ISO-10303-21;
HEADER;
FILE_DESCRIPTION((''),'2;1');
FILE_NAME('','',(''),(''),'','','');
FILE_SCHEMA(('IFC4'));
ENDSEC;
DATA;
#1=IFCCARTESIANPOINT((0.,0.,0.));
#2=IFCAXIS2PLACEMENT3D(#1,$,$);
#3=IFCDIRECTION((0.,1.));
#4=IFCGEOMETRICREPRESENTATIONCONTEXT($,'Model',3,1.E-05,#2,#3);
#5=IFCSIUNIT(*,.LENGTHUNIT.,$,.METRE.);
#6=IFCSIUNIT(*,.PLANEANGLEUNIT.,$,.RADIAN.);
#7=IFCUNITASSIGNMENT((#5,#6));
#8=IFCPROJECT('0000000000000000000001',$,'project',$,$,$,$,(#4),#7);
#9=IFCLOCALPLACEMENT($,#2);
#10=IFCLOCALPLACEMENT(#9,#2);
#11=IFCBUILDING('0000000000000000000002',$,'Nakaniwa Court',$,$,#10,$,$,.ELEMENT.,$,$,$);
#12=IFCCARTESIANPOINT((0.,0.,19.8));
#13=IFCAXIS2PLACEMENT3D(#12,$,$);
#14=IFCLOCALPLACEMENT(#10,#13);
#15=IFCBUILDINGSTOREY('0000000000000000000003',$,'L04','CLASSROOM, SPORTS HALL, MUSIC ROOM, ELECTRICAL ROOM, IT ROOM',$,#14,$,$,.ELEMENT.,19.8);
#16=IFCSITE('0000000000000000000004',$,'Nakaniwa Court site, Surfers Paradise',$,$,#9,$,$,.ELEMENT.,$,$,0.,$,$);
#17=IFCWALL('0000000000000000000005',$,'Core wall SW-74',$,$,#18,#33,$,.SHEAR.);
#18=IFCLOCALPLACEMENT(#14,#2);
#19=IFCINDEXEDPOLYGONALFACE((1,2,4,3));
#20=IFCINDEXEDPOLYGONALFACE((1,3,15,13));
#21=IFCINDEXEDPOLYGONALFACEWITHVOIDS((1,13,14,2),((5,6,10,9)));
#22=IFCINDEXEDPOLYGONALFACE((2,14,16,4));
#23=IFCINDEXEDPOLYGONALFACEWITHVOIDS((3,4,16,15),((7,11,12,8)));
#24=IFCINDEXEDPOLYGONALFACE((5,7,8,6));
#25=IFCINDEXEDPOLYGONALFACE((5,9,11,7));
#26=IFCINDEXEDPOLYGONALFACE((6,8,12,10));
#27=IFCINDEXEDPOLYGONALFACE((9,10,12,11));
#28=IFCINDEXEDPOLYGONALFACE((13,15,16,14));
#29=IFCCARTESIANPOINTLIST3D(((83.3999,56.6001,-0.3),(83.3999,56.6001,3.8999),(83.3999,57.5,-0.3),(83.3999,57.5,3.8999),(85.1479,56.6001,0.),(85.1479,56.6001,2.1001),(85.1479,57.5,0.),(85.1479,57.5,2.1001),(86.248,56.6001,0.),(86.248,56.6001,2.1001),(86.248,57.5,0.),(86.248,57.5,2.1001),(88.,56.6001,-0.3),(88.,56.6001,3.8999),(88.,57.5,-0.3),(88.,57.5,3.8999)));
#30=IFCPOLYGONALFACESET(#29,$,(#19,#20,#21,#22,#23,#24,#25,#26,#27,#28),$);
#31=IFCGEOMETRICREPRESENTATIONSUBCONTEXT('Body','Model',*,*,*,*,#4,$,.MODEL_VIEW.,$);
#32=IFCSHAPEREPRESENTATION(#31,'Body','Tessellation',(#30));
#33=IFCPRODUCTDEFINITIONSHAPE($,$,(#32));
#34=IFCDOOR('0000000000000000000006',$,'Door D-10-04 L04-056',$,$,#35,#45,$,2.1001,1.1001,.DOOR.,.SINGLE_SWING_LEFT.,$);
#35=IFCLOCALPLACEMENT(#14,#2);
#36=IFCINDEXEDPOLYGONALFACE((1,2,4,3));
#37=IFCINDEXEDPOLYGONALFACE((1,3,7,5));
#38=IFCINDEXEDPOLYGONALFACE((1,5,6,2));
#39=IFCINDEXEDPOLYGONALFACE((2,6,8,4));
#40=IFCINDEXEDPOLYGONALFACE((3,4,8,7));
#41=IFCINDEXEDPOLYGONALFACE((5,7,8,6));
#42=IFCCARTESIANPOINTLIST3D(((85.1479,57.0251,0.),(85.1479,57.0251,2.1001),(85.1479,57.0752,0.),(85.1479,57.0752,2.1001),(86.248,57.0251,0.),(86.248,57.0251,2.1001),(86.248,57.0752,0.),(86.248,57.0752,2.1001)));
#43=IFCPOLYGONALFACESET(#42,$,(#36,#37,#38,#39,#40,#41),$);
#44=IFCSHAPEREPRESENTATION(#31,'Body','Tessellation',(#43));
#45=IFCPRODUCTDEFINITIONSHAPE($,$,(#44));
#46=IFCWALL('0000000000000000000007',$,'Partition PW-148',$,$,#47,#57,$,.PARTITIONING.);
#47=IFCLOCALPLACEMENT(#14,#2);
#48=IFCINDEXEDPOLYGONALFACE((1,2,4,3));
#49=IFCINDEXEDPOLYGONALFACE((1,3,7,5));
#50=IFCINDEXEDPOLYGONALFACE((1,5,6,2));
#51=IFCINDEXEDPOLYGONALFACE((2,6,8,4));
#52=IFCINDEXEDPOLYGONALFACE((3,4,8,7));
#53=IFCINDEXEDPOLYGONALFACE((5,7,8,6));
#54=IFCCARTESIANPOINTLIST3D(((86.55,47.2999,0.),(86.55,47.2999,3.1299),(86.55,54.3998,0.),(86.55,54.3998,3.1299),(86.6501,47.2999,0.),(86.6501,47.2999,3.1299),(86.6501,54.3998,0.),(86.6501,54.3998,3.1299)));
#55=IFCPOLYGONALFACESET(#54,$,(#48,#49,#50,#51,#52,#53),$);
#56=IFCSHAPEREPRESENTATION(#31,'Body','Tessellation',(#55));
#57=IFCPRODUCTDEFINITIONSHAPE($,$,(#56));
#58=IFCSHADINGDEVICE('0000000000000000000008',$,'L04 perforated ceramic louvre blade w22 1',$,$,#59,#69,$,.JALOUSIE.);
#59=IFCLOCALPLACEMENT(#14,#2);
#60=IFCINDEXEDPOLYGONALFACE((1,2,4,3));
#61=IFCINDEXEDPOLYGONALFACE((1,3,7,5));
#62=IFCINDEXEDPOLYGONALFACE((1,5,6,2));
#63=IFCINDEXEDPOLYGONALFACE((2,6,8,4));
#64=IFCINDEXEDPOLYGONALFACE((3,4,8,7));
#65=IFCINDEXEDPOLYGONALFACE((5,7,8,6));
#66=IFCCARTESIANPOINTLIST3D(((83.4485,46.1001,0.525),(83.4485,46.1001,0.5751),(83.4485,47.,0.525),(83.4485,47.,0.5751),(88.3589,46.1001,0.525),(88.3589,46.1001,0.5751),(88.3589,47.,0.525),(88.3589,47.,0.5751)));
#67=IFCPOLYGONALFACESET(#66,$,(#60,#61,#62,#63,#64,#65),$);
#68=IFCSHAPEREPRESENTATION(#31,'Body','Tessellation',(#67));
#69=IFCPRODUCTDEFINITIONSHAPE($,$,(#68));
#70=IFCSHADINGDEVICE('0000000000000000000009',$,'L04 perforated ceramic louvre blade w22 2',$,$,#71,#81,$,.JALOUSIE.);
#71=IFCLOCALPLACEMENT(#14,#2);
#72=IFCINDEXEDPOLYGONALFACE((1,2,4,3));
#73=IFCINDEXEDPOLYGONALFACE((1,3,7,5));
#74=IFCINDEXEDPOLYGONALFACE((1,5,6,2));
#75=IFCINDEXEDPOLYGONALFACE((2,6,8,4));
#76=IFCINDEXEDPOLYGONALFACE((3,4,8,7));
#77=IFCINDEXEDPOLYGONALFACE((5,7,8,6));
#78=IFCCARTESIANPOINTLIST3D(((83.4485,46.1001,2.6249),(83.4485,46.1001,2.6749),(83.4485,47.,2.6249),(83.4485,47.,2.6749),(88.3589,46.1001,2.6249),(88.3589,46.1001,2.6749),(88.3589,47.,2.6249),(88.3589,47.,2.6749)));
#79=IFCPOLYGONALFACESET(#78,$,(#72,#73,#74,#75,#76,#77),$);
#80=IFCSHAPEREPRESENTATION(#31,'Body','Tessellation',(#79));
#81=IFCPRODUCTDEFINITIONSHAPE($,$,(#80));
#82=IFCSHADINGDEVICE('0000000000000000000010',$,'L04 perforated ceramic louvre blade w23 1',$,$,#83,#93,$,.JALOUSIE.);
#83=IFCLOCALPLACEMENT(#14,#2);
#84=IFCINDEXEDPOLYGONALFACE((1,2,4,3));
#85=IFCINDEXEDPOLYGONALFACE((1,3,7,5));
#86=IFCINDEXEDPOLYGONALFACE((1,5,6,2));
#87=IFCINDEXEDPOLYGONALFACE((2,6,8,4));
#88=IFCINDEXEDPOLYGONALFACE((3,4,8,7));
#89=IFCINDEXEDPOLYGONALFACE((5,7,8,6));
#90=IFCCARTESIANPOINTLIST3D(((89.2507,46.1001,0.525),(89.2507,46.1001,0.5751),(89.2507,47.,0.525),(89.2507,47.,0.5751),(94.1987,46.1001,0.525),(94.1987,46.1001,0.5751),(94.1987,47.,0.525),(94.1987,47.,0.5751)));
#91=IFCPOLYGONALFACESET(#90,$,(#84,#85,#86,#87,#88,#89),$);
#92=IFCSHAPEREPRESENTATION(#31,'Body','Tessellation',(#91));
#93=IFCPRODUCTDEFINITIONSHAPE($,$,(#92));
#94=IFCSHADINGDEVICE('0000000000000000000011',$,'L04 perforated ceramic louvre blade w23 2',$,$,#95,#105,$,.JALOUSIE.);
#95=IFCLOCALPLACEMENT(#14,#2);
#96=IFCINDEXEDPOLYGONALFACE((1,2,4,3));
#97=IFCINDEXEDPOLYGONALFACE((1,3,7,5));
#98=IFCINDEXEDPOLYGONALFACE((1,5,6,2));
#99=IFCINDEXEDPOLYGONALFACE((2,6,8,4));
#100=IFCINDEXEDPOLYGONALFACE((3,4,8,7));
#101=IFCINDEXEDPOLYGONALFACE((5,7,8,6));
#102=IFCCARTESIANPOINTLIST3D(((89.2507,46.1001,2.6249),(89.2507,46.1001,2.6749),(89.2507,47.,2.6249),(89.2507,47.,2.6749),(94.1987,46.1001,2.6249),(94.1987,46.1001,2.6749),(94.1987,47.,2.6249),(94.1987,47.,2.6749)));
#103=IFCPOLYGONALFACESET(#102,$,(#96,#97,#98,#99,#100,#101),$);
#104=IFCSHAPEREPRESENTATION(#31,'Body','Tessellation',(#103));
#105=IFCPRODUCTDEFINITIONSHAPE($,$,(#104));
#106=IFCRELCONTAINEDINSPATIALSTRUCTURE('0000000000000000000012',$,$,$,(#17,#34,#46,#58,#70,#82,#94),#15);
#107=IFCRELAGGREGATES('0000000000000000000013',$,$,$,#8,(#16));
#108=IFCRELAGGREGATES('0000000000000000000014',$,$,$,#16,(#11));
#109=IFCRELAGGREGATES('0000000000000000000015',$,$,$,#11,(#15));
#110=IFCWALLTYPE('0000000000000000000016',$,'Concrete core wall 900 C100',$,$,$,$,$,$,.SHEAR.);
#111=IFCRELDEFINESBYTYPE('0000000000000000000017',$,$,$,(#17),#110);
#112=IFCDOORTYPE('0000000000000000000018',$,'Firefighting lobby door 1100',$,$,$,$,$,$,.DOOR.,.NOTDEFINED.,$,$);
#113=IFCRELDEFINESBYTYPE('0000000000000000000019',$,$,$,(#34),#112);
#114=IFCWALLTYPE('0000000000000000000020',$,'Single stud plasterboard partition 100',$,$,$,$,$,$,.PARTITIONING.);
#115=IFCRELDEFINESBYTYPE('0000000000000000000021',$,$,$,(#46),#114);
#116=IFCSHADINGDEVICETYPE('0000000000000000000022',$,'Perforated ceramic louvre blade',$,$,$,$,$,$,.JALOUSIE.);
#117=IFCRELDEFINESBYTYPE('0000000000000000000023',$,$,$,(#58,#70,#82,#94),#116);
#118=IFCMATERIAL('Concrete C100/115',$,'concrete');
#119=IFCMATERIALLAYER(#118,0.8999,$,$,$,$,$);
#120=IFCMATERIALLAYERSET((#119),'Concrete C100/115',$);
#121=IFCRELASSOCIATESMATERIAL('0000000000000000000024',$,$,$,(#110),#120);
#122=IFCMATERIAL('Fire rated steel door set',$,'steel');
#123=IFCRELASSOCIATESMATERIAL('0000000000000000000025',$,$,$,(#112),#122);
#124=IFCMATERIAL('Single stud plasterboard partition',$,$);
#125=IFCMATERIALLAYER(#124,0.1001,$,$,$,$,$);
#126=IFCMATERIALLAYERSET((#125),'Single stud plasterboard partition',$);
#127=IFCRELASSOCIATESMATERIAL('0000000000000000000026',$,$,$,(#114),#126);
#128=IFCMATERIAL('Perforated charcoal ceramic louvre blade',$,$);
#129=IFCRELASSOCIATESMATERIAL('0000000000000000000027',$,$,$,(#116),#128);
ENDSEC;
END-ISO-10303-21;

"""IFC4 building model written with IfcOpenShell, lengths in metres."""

from ifc_helpers import new_model, si_unit, direction, frame, frame_2d, origin, origin_2d, place, context, subcontext, project, spatial, rectangle, extrude, material, layer, layer_set, material_profile, profile_set, type_object, element, fill, save


model = new_model("IFC4")

# Units and contexts
model_context = context("Model", 3, precision=1e-05, world=origin(), true_north=direction((0.0, 1.0)))
body_context = subcontext(model_context, "Body", "Model", "MODEL_VIEW")
ifc_project = project(units=[si_unit("LENGTHUNIT", "METRE"), si_unit("PLANEANGLEUNIT", "RADIAN")], contexts=[model_context])

# Site, building, storey
site_placement = place(None, origin())
site = spatial("IfcSite", under=ifc_project, at=site_placement, Name="Nakaniwa Court site, Surfers Paradise", CompositionType="ELEMENT", RefElevation=0.0)
building_placement = place(site_placement, origin())
building = spatial("IfcBuilding", under=site, at=building_placement, Name="Nakaniwa Court", CompositionType="ELEMENT")
storey_placement = place(building_placement, frame((0.0, 0.0, 19.8)))
storey = spatial("IfcBuildingStorey", under=building, at=storey_placement, Name="L04", Description="CLASSROOM, SPORTS HALL, MUSIC ROOM, ELECTRICAL ROOM, IT ROOM", CompositionType="ELEMENT", Elevation=19.8)

# Shared definitions
ifc_material_1 = material(Name="Concrete C100/115", Category="concrete")

# Wall, opening, door
ifc_layer_1 = layer(ifc_material_1, 0.8999)
ifc_layer_set_1 = layer_set([ifc_layer_1], Name="Concrete C100/115")
wall_type_1 = type_object("IfcWallType", Name="Concrete core wall 900 C100", PredefinedType="SHEAR", material=ifc_layer_set_1)
wall_1_placement = place(storey_placement, frame((88.0, 57.05, -0.3), z_axis=(0.0, 0.0, 1.0), x_axis=(-1.0, 0.0, 0.0)))
wall_1 = element("IfcWall", 1, at=wall_1_placement, inside=storey, type_object=wall_type_1, Name="Core wall SW-74", PredefinedType="SHEAR", context=body_context, shape_type="SweptSolid", body=[
    extrude(rectangle(XDim=4.6001, YDim=0.8999, at=frame_2d((2.3, 0.0))), origin(), (0.0, 0.0, 1.0), 4.2),
])
opening_1_placement = place(wall_1_placement, frame((1.752, 0.0, 0.3)))
opening_1 = element("IfcOpeningElement", 2, at=opening_1_placement, cuts=wall_1, PredefinedType="OPENING", context=body_context, shape_type="SweptSolid", body=[
    extrude(rectangle(XDim=1.1001, YDim=2.1001, at=frame_2d((0.55, 1.05))), frame((0.0, 0.46, 0.0), z_axis=(0.0, -1.0, 0.0), x_axis=(1.0, 0.0, 0.0)), (0.0, 0.0, 1.0), 0.9199),
])
ifc_material_2 = material(Name="Fire rated steel door set", Category="steel")
door_type_1 = type_object("IfcDoorType", Name="Firefighting lobby door 1100", OperationType="NOTDEFINED", PredefinedType="DOOR", material=ifc_material_2)
door_1_placement = place(opening_1_placement, origin())
door_1 = element("IfcDoor", 3, at=door_1_placement, inside=storey, type_object=door_type_1, Name="Door D-10-04 L04-056", OperationType="SINGLE_SWING_LEFT", OverallHeight=2.1001, OverallWidth=1.1001, PredefinedType="DOOR", context=body_context, shape_type="SweptSolid", body=[
    extrude(rectangle(XDim=1.1001, YDim=2.1001, at=frame_2d((0.55, 1.05))), frame((0.0, 0.0249, 0.0), z_axis=(0.0, -1.0, 0.0), x_axis=(1.0, 0.0, 0.0)), (0.0, 0.0, 1.0), 0.05),
])
fill(opening_1, door_1)

# Wall
ifc_material_3 = material(Name="Single stud plasterboard partition")
ifc_layer_2 = layer(ifc_material_3, 0.1001)
ifc_layer_set_2 = layer_set([ifc_layer_2], Name="Single stud plasterboard partition")
wall_type_2 = type_object("IfcWallType", Name="Single stud plasterboard partition 100", PredefinedType="PARTITIONING", material=ifc_layer_set_2)
wall_2_placement = place(storey_placement, frame((86.6001, 47.3, 0.0), z_axis=(0.0, 0.0, 1.0), x_axis=(0.0, 1.0, 0.0)))
element("IfcWall", 4, at=wall_2_placement, inside=storey, type_object=wall_type_2, Name="Partition PW-148", PredefinedType="PARTITIONING", context=body_context, shape_type="SweptSolid", body=[
    extrude(rectangle(XDim=7.0999, YDim=0.1001, at=frame_2d((3.5498, 0.0))), origin(), (0.0, 0.0, 1.0), 3.1299),
])

# Shading devices
ifc_material_4 = material(Name="Perforated charcoal ceramic louvre blade")
ifc_material_profile_1 = material_profile(ifc_material_4, rectangle(XDim=0.8999, YDim=0.05, at=origin_2d()), Name="Perforated ceramic louvre blade")
ifc_profile_set_1 = profile_set([ifc_material_profile_1], Name="Perforated charcoal ceramic louvre blade")
shading_device_type = type_object("IfcShadingDeviceType", Name="Perforated ceramic louvre blade", PredefinedType="JALOUSIE", material=ifc_profile_set_1)
for number, where, z_axis, x_axis, name in (
    (5, (83.4485, 46.55, 0.55), (1.0, 0.0, 0.0), (0.0, 1.0, 0.0), "L04 perforated ceramic louvre blade w22 1"),
    (6, (83.4485, 46.55, 2.6499), (1.0, 0.0, 0.0), (0.0, 1.0, 0.0), "L04 perforated ceramic louvre blade w22 2"),
):
    element("IfcShadingDevice", number, at=place(storey_placement, frame(where, z_axis=z_axis, x_axis=x_axis)), inside=storey, type_object=shading_device_type, Name=name, PredefinedType="JALOUSIE", context=body_context, shape_type="SweptSolid", body=[
        extrude(rectangle(XDim=0.8999, YDim=0.05, at=origin_2d()), origin(), (0.0, 0.0, 1.0), 4.9104),
    ])
for number, where, z_axis, x_axis, name in (
    (7, (89.2507, 46.55, 0.55), (1.0, 0.0, 0.0), (0.0, 1.0, 0.0), "L04 perforated ceramic louvre blade w23 1"),
    (8, (89.2507, 46.55, 2.6499), (1.0, 0.0, 0.0), (0.0, 1.0, 0.0), "L04 perforated ceramic louvre blade w23 2"),
):
    element("IfcShadingDevice", number, at=place(storey_placement, frame(where, z_axis=z_axis, x_axis=x_axis)), inside=storey, type_object=shading_device_type, Name=name, PredefinedType="JALOUSIE", context=body_context, shape_type="SweptSolid", body=[
        extrude(rectangle(XDim=0.8999, YDim=0.05, at=origin_2d()), origin(), (0.0, 0.0, 1.0), 4.948),
    ])

save(model, "model.ifc")
